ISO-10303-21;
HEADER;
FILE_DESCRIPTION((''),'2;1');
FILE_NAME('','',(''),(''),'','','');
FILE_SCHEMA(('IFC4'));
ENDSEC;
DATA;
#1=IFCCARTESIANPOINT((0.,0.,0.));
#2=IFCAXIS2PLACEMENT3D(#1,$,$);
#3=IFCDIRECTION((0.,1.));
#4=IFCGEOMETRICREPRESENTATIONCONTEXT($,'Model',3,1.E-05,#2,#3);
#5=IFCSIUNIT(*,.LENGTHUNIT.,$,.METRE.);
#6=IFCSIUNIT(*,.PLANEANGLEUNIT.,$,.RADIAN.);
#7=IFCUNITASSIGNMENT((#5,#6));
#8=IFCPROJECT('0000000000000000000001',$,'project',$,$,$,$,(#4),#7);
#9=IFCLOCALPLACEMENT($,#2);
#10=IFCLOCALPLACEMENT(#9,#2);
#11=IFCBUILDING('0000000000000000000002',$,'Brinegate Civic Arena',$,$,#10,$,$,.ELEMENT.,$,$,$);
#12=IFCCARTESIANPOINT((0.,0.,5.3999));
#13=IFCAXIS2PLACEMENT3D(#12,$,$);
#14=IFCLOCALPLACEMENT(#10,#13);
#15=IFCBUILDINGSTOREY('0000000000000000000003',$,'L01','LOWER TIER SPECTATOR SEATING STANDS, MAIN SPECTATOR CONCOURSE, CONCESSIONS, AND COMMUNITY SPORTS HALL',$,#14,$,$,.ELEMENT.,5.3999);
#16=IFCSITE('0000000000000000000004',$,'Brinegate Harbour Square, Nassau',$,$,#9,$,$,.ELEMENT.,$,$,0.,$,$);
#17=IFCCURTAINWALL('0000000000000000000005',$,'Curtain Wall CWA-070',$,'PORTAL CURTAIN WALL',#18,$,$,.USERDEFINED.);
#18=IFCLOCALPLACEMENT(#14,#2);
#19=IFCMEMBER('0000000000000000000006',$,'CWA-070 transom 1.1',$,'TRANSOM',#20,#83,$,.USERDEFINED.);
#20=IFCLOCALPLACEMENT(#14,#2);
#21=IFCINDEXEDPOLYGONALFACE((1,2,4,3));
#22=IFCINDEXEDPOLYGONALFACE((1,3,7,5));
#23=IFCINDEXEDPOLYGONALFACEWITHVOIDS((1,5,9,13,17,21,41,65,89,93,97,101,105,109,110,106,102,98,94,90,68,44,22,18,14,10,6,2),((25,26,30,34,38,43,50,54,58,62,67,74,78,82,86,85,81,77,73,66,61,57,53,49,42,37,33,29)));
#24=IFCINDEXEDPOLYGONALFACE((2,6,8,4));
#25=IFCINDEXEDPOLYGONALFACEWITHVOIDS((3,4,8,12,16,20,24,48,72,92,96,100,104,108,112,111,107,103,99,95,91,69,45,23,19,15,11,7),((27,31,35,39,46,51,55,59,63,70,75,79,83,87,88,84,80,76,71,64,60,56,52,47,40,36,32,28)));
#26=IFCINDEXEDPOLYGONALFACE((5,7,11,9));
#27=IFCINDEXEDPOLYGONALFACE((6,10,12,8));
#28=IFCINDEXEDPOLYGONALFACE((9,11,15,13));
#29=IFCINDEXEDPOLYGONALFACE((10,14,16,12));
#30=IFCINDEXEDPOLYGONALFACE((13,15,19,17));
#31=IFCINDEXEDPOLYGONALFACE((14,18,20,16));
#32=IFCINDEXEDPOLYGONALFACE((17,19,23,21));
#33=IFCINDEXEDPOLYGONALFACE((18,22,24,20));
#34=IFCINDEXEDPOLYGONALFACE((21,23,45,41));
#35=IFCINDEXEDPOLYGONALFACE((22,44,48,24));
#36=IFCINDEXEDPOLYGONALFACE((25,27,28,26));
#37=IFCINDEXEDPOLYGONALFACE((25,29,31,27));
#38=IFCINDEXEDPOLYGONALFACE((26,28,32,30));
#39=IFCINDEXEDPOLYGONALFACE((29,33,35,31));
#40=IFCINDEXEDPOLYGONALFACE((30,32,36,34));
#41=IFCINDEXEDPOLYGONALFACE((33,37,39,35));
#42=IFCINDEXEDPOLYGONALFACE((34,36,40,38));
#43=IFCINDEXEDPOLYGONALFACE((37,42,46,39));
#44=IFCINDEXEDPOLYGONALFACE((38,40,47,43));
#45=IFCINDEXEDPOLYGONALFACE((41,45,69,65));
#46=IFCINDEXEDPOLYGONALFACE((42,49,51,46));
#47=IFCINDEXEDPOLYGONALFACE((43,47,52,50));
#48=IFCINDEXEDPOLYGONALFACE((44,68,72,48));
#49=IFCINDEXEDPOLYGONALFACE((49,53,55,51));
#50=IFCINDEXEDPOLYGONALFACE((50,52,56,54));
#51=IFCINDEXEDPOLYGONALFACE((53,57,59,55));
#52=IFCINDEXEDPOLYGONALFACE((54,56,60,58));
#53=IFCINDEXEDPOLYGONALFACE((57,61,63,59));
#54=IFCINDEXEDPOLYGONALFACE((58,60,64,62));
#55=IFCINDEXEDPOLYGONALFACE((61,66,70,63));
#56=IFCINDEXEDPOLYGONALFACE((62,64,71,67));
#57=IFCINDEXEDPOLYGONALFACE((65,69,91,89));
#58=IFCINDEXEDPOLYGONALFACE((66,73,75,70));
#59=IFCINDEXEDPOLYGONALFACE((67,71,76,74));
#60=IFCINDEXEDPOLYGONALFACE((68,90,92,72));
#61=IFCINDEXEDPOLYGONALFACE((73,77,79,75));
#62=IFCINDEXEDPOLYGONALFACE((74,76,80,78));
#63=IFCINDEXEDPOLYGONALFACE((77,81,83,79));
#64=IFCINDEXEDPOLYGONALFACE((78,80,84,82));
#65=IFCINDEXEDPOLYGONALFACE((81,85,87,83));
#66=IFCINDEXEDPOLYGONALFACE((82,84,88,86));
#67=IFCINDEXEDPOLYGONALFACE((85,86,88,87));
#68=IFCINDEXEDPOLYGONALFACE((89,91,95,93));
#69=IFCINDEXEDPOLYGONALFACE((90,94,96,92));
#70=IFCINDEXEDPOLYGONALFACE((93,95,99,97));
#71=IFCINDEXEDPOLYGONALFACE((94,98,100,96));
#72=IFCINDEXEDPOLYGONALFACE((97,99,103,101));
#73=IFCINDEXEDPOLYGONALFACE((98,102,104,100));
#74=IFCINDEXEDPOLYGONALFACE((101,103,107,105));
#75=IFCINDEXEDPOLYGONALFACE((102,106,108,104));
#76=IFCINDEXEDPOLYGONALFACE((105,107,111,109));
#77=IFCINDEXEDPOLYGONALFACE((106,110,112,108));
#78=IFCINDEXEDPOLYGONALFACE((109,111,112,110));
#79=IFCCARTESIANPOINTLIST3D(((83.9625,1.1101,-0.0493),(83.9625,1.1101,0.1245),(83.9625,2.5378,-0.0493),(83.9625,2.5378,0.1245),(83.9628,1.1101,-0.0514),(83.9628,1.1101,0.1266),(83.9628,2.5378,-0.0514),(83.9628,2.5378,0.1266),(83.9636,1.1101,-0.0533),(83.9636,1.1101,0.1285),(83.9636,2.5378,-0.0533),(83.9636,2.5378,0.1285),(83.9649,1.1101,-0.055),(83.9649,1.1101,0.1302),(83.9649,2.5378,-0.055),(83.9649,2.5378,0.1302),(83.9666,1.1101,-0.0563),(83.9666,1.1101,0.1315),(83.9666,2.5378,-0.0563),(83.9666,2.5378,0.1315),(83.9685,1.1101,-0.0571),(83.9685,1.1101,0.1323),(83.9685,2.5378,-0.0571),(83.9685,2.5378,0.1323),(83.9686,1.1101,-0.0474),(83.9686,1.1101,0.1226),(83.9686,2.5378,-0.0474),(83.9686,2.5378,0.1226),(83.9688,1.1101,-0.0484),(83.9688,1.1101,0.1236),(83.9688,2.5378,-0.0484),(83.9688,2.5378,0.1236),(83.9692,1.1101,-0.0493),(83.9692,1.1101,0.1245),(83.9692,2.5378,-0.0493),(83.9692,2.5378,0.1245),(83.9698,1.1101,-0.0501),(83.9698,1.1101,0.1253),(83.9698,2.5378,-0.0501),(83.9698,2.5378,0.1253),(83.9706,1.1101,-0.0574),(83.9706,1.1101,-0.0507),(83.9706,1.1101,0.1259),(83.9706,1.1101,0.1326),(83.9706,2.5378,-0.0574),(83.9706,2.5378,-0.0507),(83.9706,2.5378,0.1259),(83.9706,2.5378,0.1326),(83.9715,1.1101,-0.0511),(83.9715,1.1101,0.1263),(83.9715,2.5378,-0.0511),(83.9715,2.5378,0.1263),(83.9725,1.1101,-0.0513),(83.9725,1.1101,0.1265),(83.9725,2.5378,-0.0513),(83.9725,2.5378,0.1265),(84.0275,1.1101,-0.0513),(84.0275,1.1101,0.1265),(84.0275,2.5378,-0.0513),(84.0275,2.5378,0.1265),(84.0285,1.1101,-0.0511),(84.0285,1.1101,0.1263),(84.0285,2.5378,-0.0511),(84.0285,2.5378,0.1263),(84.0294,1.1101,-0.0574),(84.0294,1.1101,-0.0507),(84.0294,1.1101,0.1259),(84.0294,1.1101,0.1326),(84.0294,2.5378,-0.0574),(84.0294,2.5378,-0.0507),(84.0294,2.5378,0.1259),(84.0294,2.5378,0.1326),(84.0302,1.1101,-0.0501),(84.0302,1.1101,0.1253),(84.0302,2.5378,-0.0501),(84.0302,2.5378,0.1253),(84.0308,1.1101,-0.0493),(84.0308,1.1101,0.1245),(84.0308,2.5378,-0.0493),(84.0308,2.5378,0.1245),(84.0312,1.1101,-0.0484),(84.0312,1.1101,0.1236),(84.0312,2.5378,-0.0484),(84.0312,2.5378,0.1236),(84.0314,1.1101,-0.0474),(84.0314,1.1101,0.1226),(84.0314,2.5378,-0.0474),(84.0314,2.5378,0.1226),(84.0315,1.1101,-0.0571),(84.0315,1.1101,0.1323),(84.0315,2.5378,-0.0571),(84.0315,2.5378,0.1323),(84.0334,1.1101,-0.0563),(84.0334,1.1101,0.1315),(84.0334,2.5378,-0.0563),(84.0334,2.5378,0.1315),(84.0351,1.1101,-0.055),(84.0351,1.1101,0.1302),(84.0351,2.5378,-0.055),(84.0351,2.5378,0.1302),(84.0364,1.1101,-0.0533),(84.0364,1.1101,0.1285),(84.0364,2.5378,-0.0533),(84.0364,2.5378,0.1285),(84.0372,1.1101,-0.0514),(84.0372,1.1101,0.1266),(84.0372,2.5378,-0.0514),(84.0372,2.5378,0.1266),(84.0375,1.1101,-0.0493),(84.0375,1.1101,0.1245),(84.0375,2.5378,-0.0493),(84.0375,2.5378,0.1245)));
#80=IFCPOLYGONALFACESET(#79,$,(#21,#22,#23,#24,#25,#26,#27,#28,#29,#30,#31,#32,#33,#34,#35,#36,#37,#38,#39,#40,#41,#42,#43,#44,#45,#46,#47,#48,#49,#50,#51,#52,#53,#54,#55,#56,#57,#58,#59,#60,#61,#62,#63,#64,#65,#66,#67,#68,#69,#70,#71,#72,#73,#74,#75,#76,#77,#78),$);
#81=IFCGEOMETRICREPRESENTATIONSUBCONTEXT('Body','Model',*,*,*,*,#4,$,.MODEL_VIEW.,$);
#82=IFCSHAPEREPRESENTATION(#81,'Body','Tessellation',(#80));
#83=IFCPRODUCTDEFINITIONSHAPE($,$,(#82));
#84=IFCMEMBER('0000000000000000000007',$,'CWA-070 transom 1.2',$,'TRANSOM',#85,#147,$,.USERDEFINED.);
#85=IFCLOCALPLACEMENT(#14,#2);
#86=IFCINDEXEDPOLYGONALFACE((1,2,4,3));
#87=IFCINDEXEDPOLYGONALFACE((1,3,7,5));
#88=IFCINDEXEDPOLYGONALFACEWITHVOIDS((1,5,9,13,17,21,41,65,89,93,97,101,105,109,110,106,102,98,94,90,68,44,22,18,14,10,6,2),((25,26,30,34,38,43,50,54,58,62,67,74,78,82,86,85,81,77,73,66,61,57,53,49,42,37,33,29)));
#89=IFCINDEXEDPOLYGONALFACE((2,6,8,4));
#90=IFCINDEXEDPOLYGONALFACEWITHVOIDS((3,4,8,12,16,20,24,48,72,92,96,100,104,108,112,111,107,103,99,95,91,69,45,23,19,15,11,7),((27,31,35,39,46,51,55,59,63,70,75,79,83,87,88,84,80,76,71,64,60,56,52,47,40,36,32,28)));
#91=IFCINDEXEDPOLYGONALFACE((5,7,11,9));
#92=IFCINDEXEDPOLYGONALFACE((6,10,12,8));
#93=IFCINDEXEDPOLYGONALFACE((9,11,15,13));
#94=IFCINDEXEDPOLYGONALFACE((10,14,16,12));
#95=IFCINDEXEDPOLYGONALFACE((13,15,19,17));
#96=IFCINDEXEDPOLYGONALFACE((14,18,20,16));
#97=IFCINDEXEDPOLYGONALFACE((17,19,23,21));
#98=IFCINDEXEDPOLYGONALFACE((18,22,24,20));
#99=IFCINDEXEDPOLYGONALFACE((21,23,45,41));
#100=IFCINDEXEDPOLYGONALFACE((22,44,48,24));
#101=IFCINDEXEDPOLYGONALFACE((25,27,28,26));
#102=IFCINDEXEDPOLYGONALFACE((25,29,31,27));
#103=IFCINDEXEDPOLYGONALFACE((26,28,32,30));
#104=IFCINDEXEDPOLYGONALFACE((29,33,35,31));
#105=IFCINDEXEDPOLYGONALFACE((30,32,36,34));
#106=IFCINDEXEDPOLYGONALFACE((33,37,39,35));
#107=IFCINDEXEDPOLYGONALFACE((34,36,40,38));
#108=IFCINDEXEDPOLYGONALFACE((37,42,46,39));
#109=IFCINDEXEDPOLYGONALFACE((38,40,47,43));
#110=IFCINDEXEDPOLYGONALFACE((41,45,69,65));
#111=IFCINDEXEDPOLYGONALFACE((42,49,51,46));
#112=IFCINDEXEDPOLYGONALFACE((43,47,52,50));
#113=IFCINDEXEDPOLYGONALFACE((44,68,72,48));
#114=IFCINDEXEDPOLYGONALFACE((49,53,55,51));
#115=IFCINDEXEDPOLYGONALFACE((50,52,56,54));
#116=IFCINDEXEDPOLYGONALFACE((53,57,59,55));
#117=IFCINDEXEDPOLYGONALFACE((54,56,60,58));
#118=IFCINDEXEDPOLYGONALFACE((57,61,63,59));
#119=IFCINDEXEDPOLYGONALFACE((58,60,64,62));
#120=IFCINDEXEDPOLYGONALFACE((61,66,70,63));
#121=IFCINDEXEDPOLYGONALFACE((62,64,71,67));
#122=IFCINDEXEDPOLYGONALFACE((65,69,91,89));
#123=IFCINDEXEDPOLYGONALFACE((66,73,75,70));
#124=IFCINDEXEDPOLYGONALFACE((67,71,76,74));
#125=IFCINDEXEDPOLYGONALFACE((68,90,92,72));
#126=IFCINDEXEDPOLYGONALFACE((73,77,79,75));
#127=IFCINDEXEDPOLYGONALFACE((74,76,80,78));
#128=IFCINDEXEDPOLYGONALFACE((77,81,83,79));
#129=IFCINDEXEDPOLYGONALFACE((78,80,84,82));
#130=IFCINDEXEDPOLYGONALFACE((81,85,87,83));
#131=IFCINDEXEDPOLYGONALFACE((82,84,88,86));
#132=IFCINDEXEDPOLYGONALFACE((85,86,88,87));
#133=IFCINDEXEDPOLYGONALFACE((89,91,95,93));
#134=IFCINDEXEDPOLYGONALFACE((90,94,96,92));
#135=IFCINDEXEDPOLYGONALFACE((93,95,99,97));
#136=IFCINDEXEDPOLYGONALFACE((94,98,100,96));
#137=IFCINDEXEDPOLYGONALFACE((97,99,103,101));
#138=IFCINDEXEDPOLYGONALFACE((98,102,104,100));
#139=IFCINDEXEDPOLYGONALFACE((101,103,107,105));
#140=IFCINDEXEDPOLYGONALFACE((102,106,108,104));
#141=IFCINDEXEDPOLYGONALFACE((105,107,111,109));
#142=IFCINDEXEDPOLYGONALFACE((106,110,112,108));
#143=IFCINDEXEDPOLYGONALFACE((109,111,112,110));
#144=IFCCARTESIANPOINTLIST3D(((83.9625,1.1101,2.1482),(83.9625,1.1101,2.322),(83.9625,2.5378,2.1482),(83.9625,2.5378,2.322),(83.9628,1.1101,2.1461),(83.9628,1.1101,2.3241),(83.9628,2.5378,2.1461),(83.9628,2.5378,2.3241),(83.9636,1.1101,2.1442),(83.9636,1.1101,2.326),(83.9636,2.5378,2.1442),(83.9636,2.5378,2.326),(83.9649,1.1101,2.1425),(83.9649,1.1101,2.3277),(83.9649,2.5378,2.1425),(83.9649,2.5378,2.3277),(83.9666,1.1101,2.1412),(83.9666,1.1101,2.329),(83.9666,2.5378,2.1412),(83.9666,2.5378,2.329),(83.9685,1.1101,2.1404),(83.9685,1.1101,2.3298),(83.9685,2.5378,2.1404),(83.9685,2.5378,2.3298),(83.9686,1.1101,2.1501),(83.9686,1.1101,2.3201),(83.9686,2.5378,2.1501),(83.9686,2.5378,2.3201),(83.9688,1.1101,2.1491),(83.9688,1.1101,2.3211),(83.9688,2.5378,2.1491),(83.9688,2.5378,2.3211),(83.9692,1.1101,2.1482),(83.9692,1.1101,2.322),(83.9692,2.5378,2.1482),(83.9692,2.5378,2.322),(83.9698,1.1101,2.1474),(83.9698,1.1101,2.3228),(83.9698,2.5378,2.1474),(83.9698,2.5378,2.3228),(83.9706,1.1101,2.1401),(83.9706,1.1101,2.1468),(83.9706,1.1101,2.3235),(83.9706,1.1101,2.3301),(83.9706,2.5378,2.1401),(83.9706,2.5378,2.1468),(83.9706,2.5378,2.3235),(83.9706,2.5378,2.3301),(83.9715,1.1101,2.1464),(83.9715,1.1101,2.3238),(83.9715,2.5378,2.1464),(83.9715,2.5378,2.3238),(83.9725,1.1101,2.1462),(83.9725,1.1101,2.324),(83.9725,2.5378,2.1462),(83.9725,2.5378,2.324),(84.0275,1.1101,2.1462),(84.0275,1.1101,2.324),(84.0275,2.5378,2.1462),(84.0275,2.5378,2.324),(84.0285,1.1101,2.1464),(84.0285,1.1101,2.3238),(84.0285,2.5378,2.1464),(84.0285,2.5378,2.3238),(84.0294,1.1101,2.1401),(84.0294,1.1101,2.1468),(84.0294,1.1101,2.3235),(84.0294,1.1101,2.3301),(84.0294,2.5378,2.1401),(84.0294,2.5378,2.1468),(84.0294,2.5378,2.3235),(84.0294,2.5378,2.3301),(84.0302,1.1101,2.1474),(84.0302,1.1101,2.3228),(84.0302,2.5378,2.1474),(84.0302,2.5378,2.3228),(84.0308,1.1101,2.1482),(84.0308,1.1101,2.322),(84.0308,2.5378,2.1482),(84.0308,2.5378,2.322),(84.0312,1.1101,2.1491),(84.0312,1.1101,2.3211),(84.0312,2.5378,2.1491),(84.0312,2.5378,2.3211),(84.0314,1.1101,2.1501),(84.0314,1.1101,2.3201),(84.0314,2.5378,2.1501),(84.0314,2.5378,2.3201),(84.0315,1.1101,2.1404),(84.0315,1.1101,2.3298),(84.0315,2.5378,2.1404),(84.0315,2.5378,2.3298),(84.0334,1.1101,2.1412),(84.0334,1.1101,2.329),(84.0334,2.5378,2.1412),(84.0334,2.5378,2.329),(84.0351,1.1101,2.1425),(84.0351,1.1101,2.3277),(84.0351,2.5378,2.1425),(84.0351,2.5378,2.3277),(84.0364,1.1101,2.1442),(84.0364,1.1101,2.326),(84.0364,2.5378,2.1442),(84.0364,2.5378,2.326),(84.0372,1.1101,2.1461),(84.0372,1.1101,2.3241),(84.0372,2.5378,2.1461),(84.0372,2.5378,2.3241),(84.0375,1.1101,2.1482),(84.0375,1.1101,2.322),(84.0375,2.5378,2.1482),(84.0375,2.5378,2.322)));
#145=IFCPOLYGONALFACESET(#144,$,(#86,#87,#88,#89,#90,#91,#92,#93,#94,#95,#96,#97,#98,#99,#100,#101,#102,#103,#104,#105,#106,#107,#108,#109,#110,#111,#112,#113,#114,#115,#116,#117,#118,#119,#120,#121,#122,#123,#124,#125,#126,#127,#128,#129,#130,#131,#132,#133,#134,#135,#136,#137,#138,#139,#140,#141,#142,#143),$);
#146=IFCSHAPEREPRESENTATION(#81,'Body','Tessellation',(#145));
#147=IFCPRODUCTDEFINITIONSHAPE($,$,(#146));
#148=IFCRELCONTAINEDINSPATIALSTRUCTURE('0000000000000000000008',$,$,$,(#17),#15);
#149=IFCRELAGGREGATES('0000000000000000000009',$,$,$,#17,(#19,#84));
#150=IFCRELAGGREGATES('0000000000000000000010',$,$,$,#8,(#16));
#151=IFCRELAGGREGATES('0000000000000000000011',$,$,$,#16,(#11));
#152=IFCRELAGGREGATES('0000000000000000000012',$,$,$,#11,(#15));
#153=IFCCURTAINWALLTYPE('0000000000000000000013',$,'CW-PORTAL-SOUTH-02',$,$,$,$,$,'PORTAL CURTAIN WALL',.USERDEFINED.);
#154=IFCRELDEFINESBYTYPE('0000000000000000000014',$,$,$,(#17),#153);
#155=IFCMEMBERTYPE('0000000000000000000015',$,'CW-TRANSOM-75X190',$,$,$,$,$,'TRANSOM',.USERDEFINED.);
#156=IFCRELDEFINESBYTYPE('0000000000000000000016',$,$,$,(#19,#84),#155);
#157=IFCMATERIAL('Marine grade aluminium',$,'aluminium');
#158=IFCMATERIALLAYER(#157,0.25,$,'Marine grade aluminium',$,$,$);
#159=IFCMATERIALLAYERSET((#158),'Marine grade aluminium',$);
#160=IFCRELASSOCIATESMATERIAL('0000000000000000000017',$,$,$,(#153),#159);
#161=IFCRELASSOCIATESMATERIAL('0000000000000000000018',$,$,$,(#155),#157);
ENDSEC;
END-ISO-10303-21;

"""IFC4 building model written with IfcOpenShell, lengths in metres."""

from ifc_helpers import new_model, si_unit, direction, frame, origin, origin_2d, place, context, subcontext, project, spatial, hollow_rectangle, extrude, material, layer, layer_set, material_profile, profile_set, type_object, element, aggregate, save


model = new_model("IFC4")

# Units and contexts
model_context = context("Model", 3, precision=1e-05, world=origin(), true_north=direction((0.0, 1.0)))
body_context = subcontext(model_context, "Body", "Model", "MODEL_VIEW")
ifc_project = project(units=[si_unit("LENGTHUNIT", "METRE"), si_unit("PLANEANGLEUNIT", "RADIAN")], contexts=[model_context])

# Site, building, storey
site_placement = place(None, origin())
site = spatial("IfcSite", under=ifc_project, at=site_placement, Name="Brinegate Harbour Square, Nassau", CompositionType="ELEMENT", RefElevation=0.0)
building_placement = place(site_placement, origin())
building = spatial("IfcBuilding", under=site, at=building_placement, Name="Brinegate Civic Arena", CompositionType="ELEMENT")
storey_placement = place(building_placement, frame((0.0, 0.0, 5.3999)))
storey = spatial("IfcBuildingStorey", under=building, at=storey_placement, Name="L01", Description="LOWER TIER SPECTATOR SEATING STANDS, MAIN SPECTATOR CONCOURSE, CONCESSIONS, AND COMMUNITY SPORTS HALL", CompositionType="ELEMENT", Elevation=5.3999)

# Curtain wall, members
ifc_material_1 = material(Name="Marine grade aluminium", Category="aluminium")
ifc_layer_1 = layer(ifc_material_1, 0.25, Name="Marine grade aluminium")
ifc_layer_set_1 = layer_set([ifc_layer_1], Name="Marine grade aluminium")
curtain_wall_type = type_object("IfcCurtainWallType", Name="CW-PORTAL-SOUTH-02", ElementType="PORTAL CURTAIN WALL", PredefinedType="USERDEFINED", material=ifc_layer_set_1)
curtain_wall_placement = place(storey_placement, origin())
curtain_wall = element("IfcCurtainWall", 1, at=curtain_wall_placement, inside=storey, type_object=curtain_wall_type, Name="Curtain Wall CWA-070", ObjectType="PORTAL CURTAIN WALL", PredefinedType="USERDEFINED")
ifc_material_profile_1 = material_profile(ifc_material_1, hollow_rectangle(XDim=0.075, YDim=0.1899, WallThickness=0.0061, InnerFilletRadius=0.0039, OuterFilletRadius=0.0081, at=origin_2d()), Name="TRN75X190")
ifc_profile_set_1 = profile_set([ifc_material_profile_1], Name="Marine grade aluminium")
member_type_1 = type_object("IfcMemberType", Name="CW-TRANSOM-75X190", ElementType="TRANSOM", PredefinedType="USERDEFINED", material=ifc_profile_set_1)
member_1_placement = place(storey_placement, frame((84.0, 1.1101, 0.0376), z_axis=(0.0, 1.0, 0.0), x_axis=(-1.0, 0.0, 0.0)))
member_1 = element("IfcMember", 2, at=member_1_placement, type_object=member_type_1, Name="CWA-070 transom 1.1", ObjectType="TRANSOM", PredefinedType="USERDEFINED", context=body_context, shape_type="SweptSolid", body=[
    extrude(hollow_rectangle(XDim=0.075, YDim=0.1899, WallThickness=0.0061, InnerFilletRadius=0.0039, OuterFilletRadius=0.0081, at=origin_2d()), origin(), (0.0, 0.0, 1.0), 1.4277),
])
member_2_placement = place(storey_placement, frame((84.0, 1.1101, 2.2351), z_axis=(0.0, 1.0, 0.0), x_axis=(-1.0, 0.0, 0.0)))
member_2 = element("IfcMember", 3, at=member_2_placement, type_object=member_type_1, Name="CWA-070 transom 1.2", ObjectType="TRANSOM", PredefinedType="USERDEFINED", context=body_context, shape_type="SweptSolid", body=[
    extrude(hollow_rectangle(XDim=0.075, YDim=0.1899, WallThickness=0.0061, InnerFilletRadius=0.0039, OuterFilletRadius=0.0081, at=origin_2d()), origin(), (0.0, 0.0, 1.0), 1.4277),
])

aggregate(curtain_wall, [member_1, member_2])

save(model, "model.ifc")
